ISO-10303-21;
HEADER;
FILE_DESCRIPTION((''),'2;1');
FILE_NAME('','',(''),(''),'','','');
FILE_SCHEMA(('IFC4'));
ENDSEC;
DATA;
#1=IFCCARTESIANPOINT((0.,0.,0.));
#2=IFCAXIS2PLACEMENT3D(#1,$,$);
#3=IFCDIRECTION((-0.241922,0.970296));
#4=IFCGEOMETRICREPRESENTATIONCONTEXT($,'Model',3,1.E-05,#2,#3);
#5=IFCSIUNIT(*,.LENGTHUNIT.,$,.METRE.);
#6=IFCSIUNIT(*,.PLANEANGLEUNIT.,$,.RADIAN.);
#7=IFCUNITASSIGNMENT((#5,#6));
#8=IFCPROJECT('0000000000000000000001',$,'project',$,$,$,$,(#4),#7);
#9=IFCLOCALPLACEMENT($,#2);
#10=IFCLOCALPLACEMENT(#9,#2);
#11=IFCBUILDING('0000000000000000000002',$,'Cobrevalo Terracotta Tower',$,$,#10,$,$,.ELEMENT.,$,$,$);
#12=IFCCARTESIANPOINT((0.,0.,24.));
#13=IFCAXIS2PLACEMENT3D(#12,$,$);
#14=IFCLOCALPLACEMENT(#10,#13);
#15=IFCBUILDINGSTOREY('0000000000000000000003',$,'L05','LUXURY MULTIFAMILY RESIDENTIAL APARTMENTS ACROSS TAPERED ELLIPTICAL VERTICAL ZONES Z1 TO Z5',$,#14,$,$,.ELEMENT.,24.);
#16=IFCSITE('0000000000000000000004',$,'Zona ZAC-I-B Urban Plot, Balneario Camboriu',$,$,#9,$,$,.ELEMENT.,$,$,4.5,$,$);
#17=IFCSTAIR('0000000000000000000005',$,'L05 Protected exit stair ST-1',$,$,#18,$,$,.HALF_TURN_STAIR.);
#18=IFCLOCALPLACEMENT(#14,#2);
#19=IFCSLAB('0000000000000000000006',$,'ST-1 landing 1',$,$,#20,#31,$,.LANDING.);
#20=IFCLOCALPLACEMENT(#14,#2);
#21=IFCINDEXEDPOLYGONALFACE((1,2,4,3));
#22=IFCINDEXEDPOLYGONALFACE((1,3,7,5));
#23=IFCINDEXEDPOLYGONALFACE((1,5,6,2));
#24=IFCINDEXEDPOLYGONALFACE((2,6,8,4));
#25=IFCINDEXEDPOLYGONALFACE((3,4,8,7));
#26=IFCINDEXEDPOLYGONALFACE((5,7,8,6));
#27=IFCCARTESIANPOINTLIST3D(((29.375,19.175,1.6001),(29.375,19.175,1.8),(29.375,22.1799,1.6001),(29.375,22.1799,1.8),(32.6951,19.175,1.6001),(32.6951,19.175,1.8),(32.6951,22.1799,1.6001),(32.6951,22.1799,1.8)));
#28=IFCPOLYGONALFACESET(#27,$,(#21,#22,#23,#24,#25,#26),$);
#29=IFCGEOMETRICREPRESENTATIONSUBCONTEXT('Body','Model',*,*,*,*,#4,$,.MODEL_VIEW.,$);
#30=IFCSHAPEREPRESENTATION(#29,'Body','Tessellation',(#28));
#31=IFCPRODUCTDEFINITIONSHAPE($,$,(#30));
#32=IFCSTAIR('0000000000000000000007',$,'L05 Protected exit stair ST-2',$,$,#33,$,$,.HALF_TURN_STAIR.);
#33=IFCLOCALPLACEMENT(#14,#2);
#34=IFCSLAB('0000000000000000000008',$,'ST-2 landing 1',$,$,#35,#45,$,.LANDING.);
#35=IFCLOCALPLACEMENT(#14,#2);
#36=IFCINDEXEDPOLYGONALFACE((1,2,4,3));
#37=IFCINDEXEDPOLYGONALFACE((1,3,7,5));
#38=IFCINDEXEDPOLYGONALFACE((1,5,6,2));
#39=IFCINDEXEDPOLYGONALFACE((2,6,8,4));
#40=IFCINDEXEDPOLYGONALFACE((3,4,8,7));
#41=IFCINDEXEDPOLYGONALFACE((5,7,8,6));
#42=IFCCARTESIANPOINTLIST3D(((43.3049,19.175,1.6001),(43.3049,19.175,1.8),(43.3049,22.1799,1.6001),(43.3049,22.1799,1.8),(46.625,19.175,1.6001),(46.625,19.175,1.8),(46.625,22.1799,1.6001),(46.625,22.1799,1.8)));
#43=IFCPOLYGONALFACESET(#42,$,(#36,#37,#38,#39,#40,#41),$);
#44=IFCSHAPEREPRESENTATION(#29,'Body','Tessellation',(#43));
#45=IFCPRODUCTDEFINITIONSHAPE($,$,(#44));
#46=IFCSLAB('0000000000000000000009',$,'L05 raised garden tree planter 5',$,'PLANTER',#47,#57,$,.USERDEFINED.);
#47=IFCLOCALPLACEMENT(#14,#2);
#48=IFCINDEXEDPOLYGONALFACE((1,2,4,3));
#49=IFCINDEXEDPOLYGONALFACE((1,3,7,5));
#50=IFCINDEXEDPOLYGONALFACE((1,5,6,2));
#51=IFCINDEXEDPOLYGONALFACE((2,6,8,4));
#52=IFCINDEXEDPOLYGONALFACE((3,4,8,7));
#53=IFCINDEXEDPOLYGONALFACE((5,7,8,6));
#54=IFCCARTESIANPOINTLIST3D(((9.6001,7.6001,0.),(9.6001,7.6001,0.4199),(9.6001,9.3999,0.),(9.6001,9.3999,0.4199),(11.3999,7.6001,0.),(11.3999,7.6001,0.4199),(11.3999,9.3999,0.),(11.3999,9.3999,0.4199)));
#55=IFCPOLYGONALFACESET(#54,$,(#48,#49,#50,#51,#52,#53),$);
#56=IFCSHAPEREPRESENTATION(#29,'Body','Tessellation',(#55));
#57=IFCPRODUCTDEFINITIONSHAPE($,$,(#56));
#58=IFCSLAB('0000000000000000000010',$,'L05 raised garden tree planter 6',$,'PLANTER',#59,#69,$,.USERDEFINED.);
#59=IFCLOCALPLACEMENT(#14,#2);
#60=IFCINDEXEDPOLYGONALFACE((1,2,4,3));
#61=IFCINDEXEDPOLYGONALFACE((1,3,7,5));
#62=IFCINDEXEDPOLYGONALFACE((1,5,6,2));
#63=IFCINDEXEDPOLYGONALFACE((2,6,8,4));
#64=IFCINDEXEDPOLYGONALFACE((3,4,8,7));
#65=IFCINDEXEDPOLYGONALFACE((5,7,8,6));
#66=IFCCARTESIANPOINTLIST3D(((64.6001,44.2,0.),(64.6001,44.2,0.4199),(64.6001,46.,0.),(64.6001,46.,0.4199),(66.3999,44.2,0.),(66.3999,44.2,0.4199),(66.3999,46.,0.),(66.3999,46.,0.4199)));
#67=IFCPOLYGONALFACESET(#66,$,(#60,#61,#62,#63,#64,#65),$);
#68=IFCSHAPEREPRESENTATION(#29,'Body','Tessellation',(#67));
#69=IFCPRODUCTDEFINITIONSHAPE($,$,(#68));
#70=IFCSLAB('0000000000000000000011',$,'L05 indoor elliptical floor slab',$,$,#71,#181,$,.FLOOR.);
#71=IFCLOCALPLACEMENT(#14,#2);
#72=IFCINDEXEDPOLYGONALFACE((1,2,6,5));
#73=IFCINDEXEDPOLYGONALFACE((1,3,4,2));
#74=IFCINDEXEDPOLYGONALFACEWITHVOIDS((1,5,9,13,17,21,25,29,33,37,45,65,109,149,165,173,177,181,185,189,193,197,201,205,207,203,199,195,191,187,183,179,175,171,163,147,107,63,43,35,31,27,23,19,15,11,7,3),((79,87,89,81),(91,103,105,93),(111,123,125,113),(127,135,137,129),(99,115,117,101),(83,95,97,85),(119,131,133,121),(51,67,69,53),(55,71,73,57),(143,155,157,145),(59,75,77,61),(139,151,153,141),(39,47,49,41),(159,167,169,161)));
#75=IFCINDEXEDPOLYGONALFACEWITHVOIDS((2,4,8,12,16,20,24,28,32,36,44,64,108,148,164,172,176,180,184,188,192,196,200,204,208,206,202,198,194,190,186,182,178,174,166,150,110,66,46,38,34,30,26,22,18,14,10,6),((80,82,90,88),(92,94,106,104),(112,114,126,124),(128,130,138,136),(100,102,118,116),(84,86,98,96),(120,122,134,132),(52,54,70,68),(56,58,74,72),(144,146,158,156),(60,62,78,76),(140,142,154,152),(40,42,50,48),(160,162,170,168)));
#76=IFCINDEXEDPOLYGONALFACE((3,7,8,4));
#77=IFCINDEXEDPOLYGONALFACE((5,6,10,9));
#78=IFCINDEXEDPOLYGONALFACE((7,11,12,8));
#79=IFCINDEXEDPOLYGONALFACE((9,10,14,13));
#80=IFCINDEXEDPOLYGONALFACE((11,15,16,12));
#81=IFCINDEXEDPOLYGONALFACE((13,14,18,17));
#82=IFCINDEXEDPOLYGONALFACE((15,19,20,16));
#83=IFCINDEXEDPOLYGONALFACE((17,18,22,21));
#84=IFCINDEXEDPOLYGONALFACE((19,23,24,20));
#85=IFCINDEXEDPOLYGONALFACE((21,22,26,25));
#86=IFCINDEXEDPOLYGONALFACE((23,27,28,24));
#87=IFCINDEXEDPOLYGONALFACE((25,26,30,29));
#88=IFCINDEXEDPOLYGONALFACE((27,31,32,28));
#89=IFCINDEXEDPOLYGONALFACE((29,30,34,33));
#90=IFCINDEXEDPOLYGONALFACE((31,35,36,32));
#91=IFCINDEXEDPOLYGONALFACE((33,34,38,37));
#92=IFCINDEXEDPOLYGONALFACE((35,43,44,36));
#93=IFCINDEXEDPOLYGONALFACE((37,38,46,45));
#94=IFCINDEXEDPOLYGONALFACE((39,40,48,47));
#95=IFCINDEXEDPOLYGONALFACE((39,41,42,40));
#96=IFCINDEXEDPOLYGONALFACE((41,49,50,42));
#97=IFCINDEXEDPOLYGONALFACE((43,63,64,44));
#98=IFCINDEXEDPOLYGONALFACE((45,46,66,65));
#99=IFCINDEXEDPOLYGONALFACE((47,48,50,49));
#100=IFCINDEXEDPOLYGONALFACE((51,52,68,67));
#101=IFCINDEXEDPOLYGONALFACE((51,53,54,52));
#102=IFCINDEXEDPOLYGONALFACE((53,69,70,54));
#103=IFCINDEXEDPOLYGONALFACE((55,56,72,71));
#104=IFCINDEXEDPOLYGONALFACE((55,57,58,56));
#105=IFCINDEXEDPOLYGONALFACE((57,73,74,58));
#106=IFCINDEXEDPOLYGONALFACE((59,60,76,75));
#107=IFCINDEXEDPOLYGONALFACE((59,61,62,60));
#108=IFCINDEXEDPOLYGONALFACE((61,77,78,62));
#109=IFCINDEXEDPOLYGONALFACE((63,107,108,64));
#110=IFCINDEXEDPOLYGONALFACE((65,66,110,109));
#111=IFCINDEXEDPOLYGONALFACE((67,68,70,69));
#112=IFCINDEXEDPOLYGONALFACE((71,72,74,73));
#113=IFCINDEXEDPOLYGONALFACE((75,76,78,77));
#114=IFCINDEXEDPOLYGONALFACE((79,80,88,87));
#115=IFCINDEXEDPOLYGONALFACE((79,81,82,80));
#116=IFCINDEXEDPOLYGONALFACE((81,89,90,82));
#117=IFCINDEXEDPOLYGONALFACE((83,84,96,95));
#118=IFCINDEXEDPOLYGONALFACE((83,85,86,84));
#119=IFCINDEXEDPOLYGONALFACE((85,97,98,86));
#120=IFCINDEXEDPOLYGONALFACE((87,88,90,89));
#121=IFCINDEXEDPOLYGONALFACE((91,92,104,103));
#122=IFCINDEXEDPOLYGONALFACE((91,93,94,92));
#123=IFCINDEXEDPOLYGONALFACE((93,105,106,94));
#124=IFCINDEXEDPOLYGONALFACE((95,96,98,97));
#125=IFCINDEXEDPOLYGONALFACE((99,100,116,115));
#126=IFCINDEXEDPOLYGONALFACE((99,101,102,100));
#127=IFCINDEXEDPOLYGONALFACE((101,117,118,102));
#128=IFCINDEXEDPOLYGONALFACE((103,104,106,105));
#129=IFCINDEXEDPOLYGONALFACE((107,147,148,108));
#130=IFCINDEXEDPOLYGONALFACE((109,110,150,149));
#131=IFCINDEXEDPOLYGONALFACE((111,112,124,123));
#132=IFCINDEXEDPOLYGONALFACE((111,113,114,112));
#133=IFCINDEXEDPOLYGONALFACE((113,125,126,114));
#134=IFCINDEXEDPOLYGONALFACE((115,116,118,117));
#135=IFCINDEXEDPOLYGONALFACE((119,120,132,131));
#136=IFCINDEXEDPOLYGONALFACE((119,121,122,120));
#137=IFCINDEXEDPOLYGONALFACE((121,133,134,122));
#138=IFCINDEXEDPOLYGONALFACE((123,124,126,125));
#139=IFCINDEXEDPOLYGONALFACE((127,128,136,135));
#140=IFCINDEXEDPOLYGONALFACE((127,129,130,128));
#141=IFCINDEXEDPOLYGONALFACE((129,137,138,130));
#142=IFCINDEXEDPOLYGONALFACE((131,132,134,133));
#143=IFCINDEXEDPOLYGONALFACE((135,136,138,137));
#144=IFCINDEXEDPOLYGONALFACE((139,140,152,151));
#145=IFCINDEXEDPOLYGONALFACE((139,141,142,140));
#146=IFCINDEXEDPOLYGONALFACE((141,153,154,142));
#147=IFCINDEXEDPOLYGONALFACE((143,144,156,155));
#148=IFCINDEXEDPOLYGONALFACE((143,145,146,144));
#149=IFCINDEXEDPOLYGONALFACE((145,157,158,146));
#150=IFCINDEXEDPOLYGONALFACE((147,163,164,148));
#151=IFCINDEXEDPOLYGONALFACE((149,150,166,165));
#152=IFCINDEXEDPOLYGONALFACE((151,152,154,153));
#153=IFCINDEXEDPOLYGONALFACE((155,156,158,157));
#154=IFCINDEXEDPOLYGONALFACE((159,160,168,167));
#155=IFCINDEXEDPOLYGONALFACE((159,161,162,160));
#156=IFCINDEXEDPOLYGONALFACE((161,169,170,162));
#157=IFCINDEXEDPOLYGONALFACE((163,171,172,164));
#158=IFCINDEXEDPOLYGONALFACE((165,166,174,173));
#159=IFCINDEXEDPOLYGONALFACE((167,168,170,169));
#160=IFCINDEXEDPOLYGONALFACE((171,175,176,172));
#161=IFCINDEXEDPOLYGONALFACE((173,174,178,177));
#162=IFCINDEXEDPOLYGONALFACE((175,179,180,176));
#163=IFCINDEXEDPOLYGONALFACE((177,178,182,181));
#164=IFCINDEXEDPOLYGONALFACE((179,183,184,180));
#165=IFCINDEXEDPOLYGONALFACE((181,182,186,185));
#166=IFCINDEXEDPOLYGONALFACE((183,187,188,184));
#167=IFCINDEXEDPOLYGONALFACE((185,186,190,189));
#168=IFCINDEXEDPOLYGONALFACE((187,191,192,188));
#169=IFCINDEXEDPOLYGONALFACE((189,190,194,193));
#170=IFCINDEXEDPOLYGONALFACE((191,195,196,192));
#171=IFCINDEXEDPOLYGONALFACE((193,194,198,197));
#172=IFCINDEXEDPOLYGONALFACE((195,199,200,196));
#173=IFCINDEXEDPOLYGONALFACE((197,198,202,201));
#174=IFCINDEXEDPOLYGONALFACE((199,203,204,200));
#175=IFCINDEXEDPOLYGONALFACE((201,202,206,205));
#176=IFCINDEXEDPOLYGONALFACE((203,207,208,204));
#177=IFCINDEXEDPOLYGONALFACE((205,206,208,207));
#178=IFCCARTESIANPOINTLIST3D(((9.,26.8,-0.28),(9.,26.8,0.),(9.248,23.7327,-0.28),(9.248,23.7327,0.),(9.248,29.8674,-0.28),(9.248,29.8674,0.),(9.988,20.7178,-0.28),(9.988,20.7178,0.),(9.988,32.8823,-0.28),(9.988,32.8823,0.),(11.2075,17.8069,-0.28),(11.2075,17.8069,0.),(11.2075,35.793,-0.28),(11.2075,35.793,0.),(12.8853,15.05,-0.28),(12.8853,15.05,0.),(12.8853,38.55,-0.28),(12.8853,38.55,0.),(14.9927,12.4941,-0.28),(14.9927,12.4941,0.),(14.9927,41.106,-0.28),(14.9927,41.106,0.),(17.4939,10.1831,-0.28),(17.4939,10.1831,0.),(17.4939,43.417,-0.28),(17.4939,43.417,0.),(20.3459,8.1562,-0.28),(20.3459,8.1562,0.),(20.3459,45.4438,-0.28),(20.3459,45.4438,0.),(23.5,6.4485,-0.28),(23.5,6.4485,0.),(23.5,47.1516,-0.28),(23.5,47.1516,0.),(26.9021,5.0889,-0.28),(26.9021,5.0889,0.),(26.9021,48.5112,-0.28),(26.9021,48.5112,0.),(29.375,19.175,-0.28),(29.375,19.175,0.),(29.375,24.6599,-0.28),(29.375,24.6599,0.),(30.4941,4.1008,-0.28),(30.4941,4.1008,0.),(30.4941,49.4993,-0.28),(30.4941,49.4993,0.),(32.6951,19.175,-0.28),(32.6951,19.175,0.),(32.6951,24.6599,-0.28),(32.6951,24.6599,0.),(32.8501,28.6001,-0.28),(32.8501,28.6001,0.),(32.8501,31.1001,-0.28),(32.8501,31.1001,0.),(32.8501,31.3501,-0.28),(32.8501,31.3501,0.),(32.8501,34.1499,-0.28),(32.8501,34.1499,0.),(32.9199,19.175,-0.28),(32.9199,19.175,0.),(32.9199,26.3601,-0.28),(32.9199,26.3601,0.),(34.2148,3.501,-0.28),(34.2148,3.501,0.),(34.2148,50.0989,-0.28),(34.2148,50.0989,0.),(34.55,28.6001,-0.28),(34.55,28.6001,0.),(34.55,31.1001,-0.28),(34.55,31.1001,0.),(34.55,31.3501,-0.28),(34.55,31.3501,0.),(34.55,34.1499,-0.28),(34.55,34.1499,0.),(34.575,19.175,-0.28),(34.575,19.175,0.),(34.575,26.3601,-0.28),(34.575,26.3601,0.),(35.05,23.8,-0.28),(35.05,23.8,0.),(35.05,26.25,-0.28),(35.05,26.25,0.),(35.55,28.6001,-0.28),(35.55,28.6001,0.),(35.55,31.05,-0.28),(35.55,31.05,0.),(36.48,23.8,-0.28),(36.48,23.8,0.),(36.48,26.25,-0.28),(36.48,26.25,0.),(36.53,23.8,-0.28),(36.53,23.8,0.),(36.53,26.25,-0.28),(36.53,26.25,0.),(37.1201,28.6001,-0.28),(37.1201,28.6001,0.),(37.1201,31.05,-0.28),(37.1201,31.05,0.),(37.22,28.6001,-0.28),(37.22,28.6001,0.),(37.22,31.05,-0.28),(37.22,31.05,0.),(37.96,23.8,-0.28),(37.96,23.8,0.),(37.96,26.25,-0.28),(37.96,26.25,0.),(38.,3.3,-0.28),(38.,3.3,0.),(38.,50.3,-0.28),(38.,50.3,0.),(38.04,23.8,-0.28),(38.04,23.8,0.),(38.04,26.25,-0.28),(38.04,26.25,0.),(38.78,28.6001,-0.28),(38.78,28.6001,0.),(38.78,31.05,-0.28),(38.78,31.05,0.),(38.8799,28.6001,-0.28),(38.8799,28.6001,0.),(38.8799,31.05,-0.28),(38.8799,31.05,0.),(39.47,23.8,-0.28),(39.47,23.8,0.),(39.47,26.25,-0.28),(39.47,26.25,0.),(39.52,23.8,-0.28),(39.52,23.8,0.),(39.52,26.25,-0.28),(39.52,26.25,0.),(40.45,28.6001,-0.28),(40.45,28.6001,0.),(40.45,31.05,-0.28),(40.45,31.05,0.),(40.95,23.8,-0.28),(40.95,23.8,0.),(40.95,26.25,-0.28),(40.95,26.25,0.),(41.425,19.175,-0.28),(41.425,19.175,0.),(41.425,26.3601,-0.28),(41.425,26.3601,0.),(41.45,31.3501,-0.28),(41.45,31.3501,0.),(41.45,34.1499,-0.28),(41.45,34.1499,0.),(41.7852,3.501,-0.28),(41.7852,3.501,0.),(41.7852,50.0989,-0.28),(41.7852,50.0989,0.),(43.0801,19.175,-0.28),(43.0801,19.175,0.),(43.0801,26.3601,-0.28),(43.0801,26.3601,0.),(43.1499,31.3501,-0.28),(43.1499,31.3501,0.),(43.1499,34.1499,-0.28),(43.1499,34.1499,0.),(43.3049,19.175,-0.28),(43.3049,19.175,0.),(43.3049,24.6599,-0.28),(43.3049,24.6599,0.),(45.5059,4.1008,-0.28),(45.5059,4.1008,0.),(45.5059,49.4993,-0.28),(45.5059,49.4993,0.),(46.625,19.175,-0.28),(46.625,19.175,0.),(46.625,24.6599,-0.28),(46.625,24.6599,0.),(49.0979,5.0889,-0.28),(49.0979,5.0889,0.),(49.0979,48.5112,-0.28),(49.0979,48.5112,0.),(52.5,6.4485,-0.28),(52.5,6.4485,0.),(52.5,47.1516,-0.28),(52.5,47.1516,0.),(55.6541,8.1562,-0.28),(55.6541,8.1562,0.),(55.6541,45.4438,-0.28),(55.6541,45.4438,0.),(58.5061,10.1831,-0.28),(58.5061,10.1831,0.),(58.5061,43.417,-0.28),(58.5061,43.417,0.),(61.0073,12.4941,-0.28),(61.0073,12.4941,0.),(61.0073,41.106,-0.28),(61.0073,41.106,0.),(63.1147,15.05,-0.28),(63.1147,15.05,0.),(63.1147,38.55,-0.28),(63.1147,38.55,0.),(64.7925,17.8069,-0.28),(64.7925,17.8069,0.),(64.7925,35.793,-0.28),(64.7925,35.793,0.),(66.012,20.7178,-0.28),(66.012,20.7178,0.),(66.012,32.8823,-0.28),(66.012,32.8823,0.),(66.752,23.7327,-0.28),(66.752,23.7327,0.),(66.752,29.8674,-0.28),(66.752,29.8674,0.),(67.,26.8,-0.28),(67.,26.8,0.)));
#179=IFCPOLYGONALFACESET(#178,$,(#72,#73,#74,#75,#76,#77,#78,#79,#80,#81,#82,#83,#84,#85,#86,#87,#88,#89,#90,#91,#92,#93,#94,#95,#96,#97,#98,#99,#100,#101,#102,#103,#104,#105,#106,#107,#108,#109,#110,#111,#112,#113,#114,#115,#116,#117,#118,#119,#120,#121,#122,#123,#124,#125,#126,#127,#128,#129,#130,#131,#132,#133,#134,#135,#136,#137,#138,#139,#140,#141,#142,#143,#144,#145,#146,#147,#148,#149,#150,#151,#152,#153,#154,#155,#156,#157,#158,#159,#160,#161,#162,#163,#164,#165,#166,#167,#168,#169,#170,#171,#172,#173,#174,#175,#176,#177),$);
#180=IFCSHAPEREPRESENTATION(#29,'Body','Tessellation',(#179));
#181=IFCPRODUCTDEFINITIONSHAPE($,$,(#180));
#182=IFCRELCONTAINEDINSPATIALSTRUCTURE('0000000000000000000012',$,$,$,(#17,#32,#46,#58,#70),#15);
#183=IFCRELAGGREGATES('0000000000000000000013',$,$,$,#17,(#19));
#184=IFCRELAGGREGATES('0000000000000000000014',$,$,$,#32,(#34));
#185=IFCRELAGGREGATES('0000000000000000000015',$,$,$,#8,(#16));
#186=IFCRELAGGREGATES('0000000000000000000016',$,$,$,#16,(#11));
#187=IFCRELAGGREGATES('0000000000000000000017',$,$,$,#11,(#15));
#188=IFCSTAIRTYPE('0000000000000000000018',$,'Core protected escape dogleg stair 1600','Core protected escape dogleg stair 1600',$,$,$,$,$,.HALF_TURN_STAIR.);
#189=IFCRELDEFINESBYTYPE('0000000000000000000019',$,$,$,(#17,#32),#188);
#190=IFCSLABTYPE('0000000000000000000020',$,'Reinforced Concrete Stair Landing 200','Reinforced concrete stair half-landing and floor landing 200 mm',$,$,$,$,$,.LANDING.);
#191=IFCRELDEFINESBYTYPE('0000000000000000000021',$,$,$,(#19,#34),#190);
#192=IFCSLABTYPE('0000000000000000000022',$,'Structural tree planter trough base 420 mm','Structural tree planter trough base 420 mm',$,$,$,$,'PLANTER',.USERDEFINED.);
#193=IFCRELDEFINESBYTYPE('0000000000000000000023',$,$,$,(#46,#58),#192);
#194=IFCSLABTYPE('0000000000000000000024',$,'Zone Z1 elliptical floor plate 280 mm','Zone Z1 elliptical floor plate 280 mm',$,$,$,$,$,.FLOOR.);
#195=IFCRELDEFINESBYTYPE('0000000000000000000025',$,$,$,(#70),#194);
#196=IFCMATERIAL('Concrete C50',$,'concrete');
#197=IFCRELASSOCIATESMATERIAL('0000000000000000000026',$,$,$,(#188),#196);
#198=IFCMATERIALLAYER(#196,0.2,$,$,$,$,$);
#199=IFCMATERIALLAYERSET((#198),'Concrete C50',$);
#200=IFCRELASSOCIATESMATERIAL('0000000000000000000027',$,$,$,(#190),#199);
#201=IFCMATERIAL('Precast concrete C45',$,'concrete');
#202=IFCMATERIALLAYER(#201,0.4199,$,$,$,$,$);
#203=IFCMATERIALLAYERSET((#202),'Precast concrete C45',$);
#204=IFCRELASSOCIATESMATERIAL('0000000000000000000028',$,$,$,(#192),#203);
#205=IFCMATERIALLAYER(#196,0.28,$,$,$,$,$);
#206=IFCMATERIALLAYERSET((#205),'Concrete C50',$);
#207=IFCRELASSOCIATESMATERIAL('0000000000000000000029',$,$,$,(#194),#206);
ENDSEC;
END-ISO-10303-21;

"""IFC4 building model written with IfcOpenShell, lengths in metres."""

from ifc_helpers import new_model, si_unit, direction, frame, origin, place, context, subcontext, project, spatial, polyline, outline, extrude, material, layer, layer_set, type_object, element, aggregate, save


model = new_model("IFC4")

# Units and contexts
model_context = context("Model", 3, precision=1e-05, world=origin(), true_north=direction((-0.241922, 0.970296)))
body_context = subcontext(model_context, "Body", "Model", "MODEL_VIEW")
ifc_project = project(units=[si_unit("LENGTHUNIT", "METRE"), si_unit("PLANEANGLEUNIT", "RADIAN")], contexts=[model_context])

# Site, building, storey
site_placement = place(None, origin())
site = spatial("IfcSite", under=ifc_project, at=site_placement, Name="Zona ZAC-I-B Urban Plot, Balneario Camboriu", CompositionType="ELEMENT", RefElevation=4.5)
building_placement = place(site_placement, origin())
building = spatial("IfcBuilding", under=site, at=building_placement, Name="Cobrevalo Terracotta Tower", CompositionType="ELEMENT")
storey_placement = place(building_placement, frame((0.0, 0.0, 24.0)))
storey = spatial("IfcBuildingStorey", under=building, at=storey_placement, Name="L05", Description="LUXURY MULTIFAMILY RESIDENTIAL APARTMENTS ACROSS TAPERED ELLIPTICAL VERTICAL ZONES Z1 TO Z5", CompositionType="ELEMENT", Elevation=24.0)

# Shared definitions
ifc_material_1 = material(Name="Concrete C50", Category="concrete")

# Stairs, slabs
stair_type = type_object("IfcStairType", Name="Core protected escape dogleg stair 1600", Description="Core protected escape dogleg stair 1600", PredefinedType="HALF_TURN_STAIR", material=ifc_material_1)
stair_1_placement = place(storey_placement, origin())
stair_1 = element("IfcStair", 1, at=stair_1_placement, inside=storey, type_object=stair_type, Name="L05 Protected exit stair ST-1", PredefinedType="HALF_TURN_STAIR")
ifc_layer_1 = layer(ifc_material_1, 0.2)
ifc_layer_set_1 = layer_set([ifc_layer_1], Name="Concrete C50")
slab_type_1 = type_object("IfcSlabType", Name="Reinforced Concrete Stair Landing 200", Description="Reinforced concrete stair half-landing and floor landing 200 mm", PredefinedType="LANDING", material=ifc_layer_set_1)
slab_1_placement = place(storey_placement, frame((0.0, 0.0, 1.6001)))
slab_1 = element("IfcSlab", 2, at=slab_1_placement, type_object=slab_type_1, Name="ST-1 landing 1", PredefinedType="LANDING", context=body_context, shape_type="SweptSolid", body=[
    extrude(outline(polyline([(29.375, 22.1799), (29.375, 19.175), (32.6951, 19.175), (32.6951, 22.1799), (29.375, 22.1799)])), origin(), (0.0, 0.0, 1.0), 0.2),
])
aggregate(stair_1, [slab_1])
stair_2_placement = place(storey_placement, origin())
stair_2 = element("IfcStair", 3, at=stair_2_placement, inside=storey, type_object=stair_type, Name="L05 Protected exit stair ST-2", PredefinedType="HALF_TURN_STAIR")
slab_2_placement = place(storey_placement, frame((0.0, 0.0, 1.6001)))
slab_2 = element("IfcSlab", 4, at=slab_2_placement, type_object=slab_type_1, Name="ST-2 landing 1", PredefinedType="LANDING", context=body_context, shape_type="SweptSolid", body=[
    extrude(outline(polyline([(43.3049, 22.1799), (43.3049, 19.175), (46.625, 19.175), (46.625, 22.1799), (43.3049, 22.1799)])), origin(), (0.0, 0.0, 1.0), 0.2),
])
aggregate(stair_2, [slab_2])

# Slabs
ifc_material_2 = material(Name="Precast concrete C45", Category="concrete")
ifc_layer_2 = layer(ifc_material_2, 0.4199)
ifc_layer_set_2 = layer_set([ifc_layer_2], Name="Precast concrete C45")
slab_type_2 = type_object("IfcSlabType", Name="Structural tree planter trough base 420 mm", Description="Structural tree planter trough base 420 mm", ElementType="PLANTER", PredefinedType="USERDEFINED", material=ifc_layer_set_2)
slab_3_placement = place(storey_placement, origin())
element("IfcSlab", 5, at=slab_3_placement, inside=storey, type_object=slab_type_2, Name="L05 raised garden tree planter 5", ObjectType="PLANTER", PredefinedType="USERDEFINED", context=body_context, shape_type="SweptSolid", body=[
    extrude(outline(polyline([(9.6001, 7.6001), (11.3999, 7.6001), (11.3999, 9.3999), (9.6001, 9.3999), (9.6001, 7.6001)])), origin(), (0.0, 0.0, 1.0), 0.4199),
])
slab_4_placement = place(storey_placement, origin())
element("IfcSlab", 6, at=slab_4_placement, inside=storey, type_object=slab_type_2, Name="L05 raised garden tree planter 6", ObjectType="PLANTER", PredefinedType="USERDEFINED", context=body_context, shape_type="SweptSolid", body=[
    extrude(outline(polyline([(64.6001, 44.2), (66.3999, 44.2), (66.3999, 46.0), (64.6001, 46.0), (64.6001, 44.2)])), origin(), (0.0, 0.0, 1.0), 0.4199),
])
ifc_layer_3 = layer(ifc_material_1, 0.28)
ifc_layer_set_3 = layer_set([ifc_layer_3], Name="Concrete C50")
slab_type_3 = type_object("IfcSlabType", Name="Zone Z1 elliptical floor plate 280 mm", Description="Zone Z1 elliptical floor plate 280 mm", PredefinedType="FLOOR", material=ifc_layer_set_3)
slab_5_placement = place(storey_placement, frame((0.0, 0.0, -0.28)))
element("IfcSlab", 7, at=slab_5_placement, inside=storey, type_object=slab_type_3, Name="L05 indoor elliptical floor slab", PredefinedType="FLOOR", context=body_context, shape_type="SweptSolid", body=[
    extrude(outline(polyline([(66.752, 23.7327), (66.012, 20.7178), (64.7925, 17.8069), (63.1147, 15.05), (61.0073, 12.4941), (58.5061, 10.1831), (55.6541, 8.1562), (52.5, 6.4485), (49.0979, 5.0889), (45.5059, 4.1008), (41.7852, 3.501), (38.0, 3.3), (34.2148, 3.501), (30.4941, 4.1008), (26.9021, 5.0889), (23.5, 6.4485), (20.3459, 8.1562), (17.4939, 10.1831), (14.9927, 12.4941), (12.8853, 15.05), (11.2075, 17.8069), (9.988, 20.7178), (9.248, 23.7327), (9.0, 26.8), (9.248, 29.8674), (9.988, 32.8823), (11.2075, 35.793), (12.8853, 38.55), (14.9927, 41.106), (17.4939, 43.417), (20.3459, 45.4438), (23.5, 47.1516), (26.9021, 48.5112), (30.4941, 49.4993), (34.2148, 50.0989), (38.0, 50.3), (41.7852, 50.0989), (45.5059, 49.4993), (49.0979, 48.5112), (52.5, 47.1516), (55.6541, 45.4438), (58.5061, 43.417), (61.0073, 41.106), (63.1147, 38.55), (64.7925, 35.793), (66.012, 32.8823), (66.752, 29.8674), (67.0, 26.8), (66.752, 23.7327)]), holes=[polyline([(32.6951, 19.175), (32.6951, 24.6599), (29.375, 24.6599), (29.375, 19.175), (32.6951, 19.175)]), polyline([(34.575, 19.175), (34.575, 26.3601), (32.9199, 26.3601), (32.9199, 19.175), (34.575, 19.175)]), polyline([(36.48, 23.8), (36.48, 26.25), (35.05, 26.25), (35.05, 23.8), (36.48, 23.8)]), polyline([(37.96, 23.8), (37.96, 26.25), (36.53, 26.25), (36.53, 23.8), (37.96, 23.8)]), polyline([(37.1201, 28.6001), (37.1201, 31.05), (35.55, 31.05), (35.55, 28.6001), (37.1201, 28.6001)]), polyline([(34.55, 28.6001), (34.55, 31.1001), (32.8501, 31.1001), (32.8501, 28.6001), (34.55, 28.6001)]), polyline([(34.55, 31.3501), (34.55, 34.1499), (32.8501, 34.1499), (32.8501, 31.3501), (34.55, 31.3501)]), polyline([(46.625, 19.175), (46.625, 24.6599), (43.3049, 24.6599), (43.3049, 19.175), (46.625, 19.175)]), polyline([(43.0801, 19.175), (43.0801, 26.3601), (41.425, 26.3601), (41.425, 19.175), (43.0801, 19.175)]), polyline([(39.47, 23.8), (39.47, 26.25), (38.04, 26.25), (38.04, 23.8), (39.47, 23.8)]), polyline([(40.95, 23.8), (40.95, 26.25), (39.52, 26.25), (39.52, 23.8), (40.95, 23.8)]), polyline([(38.78, 28.6001), (38.78, 31.05), (37.22, 31.05), (37.22, 28.6001), (38.78, 28.6001)]), polyline([(40.45, 28.6001), (40.45, 31.05), (38.8799, 31.05), (38.8799, 28.6001), (40.45, 28.6001)]), polyline([(43.1499, 31.3501), (43.1499, 34.1499), (41.45, 34.1499), (41.45, 31.3501), (43.1499, 31.3501)])]), origin(), (0.0, 0.0, 1.0), 0.28),
])

save(model, "model.ifc")
